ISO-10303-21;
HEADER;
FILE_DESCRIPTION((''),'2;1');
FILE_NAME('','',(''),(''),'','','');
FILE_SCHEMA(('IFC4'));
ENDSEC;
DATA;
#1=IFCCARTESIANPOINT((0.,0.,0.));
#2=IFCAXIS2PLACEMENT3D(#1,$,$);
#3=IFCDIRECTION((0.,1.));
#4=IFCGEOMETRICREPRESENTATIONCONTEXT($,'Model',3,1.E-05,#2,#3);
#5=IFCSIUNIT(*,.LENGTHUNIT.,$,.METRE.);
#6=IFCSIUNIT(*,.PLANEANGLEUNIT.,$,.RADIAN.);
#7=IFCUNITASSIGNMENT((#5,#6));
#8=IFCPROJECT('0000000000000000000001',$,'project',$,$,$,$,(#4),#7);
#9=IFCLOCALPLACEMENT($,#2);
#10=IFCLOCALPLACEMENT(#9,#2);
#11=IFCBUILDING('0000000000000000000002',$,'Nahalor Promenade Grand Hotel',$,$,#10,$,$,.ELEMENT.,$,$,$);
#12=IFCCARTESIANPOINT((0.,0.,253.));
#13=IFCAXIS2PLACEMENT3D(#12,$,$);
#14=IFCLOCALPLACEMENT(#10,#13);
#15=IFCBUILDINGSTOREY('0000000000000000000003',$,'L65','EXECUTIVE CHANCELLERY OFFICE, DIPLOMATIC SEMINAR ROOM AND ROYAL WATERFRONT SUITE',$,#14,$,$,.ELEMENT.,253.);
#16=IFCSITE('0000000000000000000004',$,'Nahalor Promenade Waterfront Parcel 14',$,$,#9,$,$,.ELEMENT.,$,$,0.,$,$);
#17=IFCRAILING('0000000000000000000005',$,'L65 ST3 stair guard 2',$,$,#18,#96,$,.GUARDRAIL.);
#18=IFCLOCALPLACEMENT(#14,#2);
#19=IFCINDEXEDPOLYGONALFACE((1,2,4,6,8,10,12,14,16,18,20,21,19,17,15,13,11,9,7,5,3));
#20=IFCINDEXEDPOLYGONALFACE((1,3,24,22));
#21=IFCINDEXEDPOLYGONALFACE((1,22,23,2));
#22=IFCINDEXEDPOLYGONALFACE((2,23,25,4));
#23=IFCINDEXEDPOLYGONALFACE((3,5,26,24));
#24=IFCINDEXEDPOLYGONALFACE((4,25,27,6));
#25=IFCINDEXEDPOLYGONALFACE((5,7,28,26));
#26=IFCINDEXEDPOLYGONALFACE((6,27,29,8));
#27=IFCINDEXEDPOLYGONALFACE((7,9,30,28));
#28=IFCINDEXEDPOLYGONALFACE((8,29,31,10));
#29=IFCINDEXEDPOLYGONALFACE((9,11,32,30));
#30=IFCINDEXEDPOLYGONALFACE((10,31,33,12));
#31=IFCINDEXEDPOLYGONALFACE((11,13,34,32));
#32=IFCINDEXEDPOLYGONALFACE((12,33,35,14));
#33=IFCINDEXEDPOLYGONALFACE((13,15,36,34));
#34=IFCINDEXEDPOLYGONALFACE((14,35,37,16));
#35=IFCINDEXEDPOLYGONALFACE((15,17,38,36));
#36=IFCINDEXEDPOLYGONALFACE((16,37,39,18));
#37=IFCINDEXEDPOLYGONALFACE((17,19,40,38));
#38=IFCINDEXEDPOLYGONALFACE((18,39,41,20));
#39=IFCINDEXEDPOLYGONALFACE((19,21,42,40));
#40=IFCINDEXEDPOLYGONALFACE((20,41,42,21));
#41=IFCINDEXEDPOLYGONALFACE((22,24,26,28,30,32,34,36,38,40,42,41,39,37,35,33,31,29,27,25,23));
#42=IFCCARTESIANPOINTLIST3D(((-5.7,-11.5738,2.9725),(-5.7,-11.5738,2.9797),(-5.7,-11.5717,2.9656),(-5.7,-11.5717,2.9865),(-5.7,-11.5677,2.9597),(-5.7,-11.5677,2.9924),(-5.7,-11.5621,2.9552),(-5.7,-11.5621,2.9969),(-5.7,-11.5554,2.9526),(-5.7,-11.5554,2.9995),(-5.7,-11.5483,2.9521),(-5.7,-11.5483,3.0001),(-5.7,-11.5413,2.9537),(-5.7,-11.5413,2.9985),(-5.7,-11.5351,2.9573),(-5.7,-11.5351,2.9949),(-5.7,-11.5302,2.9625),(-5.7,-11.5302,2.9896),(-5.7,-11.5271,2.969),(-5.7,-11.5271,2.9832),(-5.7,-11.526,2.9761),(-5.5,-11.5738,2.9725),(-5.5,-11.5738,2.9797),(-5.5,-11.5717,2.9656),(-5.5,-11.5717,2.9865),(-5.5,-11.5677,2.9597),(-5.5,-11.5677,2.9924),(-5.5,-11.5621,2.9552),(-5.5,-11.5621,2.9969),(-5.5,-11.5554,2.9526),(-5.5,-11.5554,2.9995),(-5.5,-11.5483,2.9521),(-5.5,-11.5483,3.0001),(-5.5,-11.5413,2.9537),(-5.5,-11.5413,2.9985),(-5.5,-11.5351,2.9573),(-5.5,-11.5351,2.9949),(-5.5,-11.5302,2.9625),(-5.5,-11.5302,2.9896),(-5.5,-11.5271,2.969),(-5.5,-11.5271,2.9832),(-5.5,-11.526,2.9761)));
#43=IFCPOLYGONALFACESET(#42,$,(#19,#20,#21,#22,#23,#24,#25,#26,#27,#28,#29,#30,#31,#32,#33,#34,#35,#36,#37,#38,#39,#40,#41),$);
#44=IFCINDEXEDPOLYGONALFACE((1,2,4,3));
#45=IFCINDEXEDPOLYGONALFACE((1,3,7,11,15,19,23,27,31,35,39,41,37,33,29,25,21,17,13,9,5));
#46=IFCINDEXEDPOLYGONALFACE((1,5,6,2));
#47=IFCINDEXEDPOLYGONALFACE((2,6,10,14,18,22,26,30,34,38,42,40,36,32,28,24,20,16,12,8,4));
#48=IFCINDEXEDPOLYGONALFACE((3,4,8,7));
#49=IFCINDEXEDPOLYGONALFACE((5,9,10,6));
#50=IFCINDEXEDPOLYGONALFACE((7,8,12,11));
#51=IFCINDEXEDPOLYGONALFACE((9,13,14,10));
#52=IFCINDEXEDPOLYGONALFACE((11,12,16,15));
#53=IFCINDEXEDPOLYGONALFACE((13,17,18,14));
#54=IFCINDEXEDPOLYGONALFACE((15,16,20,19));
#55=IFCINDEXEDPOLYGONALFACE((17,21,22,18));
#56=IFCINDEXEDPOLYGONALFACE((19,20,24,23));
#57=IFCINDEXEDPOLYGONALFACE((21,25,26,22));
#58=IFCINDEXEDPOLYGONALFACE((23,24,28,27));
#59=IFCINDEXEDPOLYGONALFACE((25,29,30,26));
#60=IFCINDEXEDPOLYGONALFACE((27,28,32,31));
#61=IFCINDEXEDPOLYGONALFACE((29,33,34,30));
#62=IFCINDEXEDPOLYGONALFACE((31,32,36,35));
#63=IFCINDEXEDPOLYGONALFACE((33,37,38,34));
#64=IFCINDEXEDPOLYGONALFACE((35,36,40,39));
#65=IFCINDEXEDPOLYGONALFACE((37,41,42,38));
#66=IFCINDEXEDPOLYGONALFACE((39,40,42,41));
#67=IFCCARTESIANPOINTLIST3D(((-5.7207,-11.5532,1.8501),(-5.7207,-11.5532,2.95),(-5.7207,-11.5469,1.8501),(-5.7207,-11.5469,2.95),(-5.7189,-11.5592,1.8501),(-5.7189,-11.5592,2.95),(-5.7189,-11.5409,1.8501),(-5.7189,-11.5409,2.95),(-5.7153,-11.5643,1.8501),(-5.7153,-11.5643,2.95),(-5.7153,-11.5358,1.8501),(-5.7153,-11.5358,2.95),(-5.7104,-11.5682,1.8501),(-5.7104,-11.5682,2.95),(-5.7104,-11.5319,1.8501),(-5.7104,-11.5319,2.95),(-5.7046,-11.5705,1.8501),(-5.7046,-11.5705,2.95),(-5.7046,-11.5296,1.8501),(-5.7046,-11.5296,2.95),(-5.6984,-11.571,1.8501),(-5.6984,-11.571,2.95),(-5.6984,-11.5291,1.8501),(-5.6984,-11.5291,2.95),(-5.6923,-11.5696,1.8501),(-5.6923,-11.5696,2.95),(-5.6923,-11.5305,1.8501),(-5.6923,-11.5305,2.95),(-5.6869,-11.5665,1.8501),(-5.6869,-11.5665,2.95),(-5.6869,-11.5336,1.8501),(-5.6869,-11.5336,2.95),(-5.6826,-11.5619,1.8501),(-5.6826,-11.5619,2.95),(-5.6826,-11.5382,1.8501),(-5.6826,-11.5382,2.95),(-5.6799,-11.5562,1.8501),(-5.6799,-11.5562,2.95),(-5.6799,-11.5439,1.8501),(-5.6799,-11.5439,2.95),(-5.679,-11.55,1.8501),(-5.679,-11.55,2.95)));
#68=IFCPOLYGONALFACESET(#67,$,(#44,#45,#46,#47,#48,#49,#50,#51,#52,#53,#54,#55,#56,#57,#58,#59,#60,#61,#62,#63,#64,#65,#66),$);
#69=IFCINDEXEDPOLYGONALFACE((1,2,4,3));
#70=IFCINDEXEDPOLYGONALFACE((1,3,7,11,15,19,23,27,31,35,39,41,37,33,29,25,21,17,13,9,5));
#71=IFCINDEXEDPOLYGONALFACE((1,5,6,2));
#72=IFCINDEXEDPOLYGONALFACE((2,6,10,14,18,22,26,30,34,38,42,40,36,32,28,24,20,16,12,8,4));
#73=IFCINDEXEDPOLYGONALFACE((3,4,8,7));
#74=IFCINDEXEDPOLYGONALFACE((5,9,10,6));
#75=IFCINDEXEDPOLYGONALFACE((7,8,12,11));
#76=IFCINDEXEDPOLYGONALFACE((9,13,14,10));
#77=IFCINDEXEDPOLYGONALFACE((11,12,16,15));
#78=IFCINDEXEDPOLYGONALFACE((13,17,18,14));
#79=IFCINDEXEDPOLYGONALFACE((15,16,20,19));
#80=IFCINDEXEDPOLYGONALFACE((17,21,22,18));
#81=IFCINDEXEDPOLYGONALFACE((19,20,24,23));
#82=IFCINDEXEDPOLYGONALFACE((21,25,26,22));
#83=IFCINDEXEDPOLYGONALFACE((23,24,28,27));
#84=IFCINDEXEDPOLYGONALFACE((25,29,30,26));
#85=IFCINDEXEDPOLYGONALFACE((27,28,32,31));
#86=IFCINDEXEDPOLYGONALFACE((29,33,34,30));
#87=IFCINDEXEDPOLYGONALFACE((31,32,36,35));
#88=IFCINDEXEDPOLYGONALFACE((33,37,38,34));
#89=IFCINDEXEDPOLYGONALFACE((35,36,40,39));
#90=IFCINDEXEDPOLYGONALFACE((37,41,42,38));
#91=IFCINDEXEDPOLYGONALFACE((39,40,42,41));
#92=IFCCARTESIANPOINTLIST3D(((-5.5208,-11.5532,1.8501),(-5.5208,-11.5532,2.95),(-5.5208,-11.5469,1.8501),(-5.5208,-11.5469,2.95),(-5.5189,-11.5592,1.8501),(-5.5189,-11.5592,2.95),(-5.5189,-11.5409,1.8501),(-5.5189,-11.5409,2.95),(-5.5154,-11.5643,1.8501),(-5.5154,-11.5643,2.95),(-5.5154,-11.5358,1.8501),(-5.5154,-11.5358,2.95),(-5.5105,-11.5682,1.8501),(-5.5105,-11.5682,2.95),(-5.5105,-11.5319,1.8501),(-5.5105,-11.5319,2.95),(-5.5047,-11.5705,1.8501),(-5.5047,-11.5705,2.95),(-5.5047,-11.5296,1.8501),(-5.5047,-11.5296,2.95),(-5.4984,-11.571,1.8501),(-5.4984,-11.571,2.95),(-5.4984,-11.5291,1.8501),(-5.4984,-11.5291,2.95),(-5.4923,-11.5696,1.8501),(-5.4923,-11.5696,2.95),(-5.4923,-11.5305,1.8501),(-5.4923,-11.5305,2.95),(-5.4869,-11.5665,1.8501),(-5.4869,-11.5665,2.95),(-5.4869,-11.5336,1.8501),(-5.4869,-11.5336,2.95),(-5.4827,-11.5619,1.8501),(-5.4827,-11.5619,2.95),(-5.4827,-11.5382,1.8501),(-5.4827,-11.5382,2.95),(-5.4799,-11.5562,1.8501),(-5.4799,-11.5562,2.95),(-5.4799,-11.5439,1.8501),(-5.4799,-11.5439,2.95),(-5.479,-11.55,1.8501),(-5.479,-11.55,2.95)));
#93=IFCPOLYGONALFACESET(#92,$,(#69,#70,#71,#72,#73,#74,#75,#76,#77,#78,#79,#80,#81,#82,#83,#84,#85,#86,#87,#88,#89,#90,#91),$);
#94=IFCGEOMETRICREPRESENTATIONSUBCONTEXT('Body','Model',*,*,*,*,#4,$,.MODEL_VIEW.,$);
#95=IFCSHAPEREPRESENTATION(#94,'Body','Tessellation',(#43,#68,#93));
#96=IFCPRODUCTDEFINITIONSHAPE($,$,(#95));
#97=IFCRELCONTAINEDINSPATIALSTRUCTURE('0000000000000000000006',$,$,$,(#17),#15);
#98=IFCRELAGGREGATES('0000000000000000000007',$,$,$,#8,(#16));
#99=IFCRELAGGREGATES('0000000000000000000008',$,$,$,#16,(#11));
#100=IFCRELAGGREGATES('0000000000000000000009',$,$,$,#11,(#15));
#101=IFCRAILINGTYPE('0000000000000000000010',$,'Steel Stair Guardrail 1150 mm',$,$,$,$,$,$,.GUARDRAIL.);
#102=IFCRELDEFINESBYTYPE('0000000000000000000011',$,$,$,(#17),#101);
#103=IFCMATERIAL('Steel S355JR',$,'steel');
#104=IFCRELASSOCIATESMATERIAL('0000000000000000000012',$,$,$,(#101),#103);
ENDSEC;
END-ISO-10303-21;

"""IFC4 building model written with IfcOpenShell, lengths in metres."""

from ifc_helpers import new_model, si_unit, direction, frame, origin, origin_2d, place, context, subcontext, project, spatial, circle, extrude, material, type_object, element, save


model = new_model("IFC4")

# Units and contexts
model_context = context("Model", 3, precision=1e-05, world=origin(), true_north=direction((0.0, 1.0)))
body_context = subcontext(model_context, "Body", "Model", "MODEL_VIEW")
ifc_project = project(units=[si_unit("LENGTHUNIT", "METRE"), si_unit("PLANEANGLEUNIT", "RADIAN")], contexts=[model_context])

# Site, building, storey
site_placement = place(None, origin())
site = spatial("IfcSite", under=ifc_project, at=site_placement, Name="Nahalor Promenade Waterfront Parcel 14", CompositionType="ELEMENT", RefElevation=0.0)
building_placement = place(site_placement, origin())
building = spatial("IfcBuilding", under=site, at=building_placement, Name="Nahalor Promenade Grand Hotel", CompositionType="ELEMENT")
storey_placement = place(building_placement, frame((0.0, 0.0, 253.0)))
storey = spatial("IfcBuildingStorey", under=building, at=storey_placement, Name="L65", Description="EXECUTIVE CHANCELLERY OFFICE, DIPLOMATIC SEMINAR ROOM AND ROYAL WATERFRONT SUITE", CompositionType="ELEMENT", Elevation=253.0)

# Shared definitions
ifc_material_1 = material(Name="Steel S355JR", Category="steel")

# Railing
railing_type_1 = type_object("IfcRailingType", Name="Steel Stair Guardrail 1150 mm", PredefinedType="GUARDRAIL", material=ifc_material_1)
railing_1_placement = place(storey_placement, frame((-5.7, -11.55, 1.8501)))
element("IfcRailing", 1, at=railing_1_placement, inside=storey, type_object=railing_type_1, Name="L65 ST3 stair guard 2", PredefinedType="GUARDRAIL", context=body_context, shape_type="SweptSolid", body=[
    extrude(circle(Radius=0.024, at=origin_2d()), frame((0.0, 0.0, 1.126), z_axis=(1.0, 0.0, 0.0), x_axis=(0.0, 1.0, 0.0)), (0.0, 0.0, 1.0), 0.2),
    extrude(circle(Radius=0.021, at=origin_2d()), origin(), (0.0, 0.0, 1.0), 1.0999),
    extrude(circle(Radius=0.021, at=origin_2d()), frame((0.2, 0.0, 0.0)), (0.0, 0.0, 1.0), 1.0999),
])

save(model, "model.ifc")
